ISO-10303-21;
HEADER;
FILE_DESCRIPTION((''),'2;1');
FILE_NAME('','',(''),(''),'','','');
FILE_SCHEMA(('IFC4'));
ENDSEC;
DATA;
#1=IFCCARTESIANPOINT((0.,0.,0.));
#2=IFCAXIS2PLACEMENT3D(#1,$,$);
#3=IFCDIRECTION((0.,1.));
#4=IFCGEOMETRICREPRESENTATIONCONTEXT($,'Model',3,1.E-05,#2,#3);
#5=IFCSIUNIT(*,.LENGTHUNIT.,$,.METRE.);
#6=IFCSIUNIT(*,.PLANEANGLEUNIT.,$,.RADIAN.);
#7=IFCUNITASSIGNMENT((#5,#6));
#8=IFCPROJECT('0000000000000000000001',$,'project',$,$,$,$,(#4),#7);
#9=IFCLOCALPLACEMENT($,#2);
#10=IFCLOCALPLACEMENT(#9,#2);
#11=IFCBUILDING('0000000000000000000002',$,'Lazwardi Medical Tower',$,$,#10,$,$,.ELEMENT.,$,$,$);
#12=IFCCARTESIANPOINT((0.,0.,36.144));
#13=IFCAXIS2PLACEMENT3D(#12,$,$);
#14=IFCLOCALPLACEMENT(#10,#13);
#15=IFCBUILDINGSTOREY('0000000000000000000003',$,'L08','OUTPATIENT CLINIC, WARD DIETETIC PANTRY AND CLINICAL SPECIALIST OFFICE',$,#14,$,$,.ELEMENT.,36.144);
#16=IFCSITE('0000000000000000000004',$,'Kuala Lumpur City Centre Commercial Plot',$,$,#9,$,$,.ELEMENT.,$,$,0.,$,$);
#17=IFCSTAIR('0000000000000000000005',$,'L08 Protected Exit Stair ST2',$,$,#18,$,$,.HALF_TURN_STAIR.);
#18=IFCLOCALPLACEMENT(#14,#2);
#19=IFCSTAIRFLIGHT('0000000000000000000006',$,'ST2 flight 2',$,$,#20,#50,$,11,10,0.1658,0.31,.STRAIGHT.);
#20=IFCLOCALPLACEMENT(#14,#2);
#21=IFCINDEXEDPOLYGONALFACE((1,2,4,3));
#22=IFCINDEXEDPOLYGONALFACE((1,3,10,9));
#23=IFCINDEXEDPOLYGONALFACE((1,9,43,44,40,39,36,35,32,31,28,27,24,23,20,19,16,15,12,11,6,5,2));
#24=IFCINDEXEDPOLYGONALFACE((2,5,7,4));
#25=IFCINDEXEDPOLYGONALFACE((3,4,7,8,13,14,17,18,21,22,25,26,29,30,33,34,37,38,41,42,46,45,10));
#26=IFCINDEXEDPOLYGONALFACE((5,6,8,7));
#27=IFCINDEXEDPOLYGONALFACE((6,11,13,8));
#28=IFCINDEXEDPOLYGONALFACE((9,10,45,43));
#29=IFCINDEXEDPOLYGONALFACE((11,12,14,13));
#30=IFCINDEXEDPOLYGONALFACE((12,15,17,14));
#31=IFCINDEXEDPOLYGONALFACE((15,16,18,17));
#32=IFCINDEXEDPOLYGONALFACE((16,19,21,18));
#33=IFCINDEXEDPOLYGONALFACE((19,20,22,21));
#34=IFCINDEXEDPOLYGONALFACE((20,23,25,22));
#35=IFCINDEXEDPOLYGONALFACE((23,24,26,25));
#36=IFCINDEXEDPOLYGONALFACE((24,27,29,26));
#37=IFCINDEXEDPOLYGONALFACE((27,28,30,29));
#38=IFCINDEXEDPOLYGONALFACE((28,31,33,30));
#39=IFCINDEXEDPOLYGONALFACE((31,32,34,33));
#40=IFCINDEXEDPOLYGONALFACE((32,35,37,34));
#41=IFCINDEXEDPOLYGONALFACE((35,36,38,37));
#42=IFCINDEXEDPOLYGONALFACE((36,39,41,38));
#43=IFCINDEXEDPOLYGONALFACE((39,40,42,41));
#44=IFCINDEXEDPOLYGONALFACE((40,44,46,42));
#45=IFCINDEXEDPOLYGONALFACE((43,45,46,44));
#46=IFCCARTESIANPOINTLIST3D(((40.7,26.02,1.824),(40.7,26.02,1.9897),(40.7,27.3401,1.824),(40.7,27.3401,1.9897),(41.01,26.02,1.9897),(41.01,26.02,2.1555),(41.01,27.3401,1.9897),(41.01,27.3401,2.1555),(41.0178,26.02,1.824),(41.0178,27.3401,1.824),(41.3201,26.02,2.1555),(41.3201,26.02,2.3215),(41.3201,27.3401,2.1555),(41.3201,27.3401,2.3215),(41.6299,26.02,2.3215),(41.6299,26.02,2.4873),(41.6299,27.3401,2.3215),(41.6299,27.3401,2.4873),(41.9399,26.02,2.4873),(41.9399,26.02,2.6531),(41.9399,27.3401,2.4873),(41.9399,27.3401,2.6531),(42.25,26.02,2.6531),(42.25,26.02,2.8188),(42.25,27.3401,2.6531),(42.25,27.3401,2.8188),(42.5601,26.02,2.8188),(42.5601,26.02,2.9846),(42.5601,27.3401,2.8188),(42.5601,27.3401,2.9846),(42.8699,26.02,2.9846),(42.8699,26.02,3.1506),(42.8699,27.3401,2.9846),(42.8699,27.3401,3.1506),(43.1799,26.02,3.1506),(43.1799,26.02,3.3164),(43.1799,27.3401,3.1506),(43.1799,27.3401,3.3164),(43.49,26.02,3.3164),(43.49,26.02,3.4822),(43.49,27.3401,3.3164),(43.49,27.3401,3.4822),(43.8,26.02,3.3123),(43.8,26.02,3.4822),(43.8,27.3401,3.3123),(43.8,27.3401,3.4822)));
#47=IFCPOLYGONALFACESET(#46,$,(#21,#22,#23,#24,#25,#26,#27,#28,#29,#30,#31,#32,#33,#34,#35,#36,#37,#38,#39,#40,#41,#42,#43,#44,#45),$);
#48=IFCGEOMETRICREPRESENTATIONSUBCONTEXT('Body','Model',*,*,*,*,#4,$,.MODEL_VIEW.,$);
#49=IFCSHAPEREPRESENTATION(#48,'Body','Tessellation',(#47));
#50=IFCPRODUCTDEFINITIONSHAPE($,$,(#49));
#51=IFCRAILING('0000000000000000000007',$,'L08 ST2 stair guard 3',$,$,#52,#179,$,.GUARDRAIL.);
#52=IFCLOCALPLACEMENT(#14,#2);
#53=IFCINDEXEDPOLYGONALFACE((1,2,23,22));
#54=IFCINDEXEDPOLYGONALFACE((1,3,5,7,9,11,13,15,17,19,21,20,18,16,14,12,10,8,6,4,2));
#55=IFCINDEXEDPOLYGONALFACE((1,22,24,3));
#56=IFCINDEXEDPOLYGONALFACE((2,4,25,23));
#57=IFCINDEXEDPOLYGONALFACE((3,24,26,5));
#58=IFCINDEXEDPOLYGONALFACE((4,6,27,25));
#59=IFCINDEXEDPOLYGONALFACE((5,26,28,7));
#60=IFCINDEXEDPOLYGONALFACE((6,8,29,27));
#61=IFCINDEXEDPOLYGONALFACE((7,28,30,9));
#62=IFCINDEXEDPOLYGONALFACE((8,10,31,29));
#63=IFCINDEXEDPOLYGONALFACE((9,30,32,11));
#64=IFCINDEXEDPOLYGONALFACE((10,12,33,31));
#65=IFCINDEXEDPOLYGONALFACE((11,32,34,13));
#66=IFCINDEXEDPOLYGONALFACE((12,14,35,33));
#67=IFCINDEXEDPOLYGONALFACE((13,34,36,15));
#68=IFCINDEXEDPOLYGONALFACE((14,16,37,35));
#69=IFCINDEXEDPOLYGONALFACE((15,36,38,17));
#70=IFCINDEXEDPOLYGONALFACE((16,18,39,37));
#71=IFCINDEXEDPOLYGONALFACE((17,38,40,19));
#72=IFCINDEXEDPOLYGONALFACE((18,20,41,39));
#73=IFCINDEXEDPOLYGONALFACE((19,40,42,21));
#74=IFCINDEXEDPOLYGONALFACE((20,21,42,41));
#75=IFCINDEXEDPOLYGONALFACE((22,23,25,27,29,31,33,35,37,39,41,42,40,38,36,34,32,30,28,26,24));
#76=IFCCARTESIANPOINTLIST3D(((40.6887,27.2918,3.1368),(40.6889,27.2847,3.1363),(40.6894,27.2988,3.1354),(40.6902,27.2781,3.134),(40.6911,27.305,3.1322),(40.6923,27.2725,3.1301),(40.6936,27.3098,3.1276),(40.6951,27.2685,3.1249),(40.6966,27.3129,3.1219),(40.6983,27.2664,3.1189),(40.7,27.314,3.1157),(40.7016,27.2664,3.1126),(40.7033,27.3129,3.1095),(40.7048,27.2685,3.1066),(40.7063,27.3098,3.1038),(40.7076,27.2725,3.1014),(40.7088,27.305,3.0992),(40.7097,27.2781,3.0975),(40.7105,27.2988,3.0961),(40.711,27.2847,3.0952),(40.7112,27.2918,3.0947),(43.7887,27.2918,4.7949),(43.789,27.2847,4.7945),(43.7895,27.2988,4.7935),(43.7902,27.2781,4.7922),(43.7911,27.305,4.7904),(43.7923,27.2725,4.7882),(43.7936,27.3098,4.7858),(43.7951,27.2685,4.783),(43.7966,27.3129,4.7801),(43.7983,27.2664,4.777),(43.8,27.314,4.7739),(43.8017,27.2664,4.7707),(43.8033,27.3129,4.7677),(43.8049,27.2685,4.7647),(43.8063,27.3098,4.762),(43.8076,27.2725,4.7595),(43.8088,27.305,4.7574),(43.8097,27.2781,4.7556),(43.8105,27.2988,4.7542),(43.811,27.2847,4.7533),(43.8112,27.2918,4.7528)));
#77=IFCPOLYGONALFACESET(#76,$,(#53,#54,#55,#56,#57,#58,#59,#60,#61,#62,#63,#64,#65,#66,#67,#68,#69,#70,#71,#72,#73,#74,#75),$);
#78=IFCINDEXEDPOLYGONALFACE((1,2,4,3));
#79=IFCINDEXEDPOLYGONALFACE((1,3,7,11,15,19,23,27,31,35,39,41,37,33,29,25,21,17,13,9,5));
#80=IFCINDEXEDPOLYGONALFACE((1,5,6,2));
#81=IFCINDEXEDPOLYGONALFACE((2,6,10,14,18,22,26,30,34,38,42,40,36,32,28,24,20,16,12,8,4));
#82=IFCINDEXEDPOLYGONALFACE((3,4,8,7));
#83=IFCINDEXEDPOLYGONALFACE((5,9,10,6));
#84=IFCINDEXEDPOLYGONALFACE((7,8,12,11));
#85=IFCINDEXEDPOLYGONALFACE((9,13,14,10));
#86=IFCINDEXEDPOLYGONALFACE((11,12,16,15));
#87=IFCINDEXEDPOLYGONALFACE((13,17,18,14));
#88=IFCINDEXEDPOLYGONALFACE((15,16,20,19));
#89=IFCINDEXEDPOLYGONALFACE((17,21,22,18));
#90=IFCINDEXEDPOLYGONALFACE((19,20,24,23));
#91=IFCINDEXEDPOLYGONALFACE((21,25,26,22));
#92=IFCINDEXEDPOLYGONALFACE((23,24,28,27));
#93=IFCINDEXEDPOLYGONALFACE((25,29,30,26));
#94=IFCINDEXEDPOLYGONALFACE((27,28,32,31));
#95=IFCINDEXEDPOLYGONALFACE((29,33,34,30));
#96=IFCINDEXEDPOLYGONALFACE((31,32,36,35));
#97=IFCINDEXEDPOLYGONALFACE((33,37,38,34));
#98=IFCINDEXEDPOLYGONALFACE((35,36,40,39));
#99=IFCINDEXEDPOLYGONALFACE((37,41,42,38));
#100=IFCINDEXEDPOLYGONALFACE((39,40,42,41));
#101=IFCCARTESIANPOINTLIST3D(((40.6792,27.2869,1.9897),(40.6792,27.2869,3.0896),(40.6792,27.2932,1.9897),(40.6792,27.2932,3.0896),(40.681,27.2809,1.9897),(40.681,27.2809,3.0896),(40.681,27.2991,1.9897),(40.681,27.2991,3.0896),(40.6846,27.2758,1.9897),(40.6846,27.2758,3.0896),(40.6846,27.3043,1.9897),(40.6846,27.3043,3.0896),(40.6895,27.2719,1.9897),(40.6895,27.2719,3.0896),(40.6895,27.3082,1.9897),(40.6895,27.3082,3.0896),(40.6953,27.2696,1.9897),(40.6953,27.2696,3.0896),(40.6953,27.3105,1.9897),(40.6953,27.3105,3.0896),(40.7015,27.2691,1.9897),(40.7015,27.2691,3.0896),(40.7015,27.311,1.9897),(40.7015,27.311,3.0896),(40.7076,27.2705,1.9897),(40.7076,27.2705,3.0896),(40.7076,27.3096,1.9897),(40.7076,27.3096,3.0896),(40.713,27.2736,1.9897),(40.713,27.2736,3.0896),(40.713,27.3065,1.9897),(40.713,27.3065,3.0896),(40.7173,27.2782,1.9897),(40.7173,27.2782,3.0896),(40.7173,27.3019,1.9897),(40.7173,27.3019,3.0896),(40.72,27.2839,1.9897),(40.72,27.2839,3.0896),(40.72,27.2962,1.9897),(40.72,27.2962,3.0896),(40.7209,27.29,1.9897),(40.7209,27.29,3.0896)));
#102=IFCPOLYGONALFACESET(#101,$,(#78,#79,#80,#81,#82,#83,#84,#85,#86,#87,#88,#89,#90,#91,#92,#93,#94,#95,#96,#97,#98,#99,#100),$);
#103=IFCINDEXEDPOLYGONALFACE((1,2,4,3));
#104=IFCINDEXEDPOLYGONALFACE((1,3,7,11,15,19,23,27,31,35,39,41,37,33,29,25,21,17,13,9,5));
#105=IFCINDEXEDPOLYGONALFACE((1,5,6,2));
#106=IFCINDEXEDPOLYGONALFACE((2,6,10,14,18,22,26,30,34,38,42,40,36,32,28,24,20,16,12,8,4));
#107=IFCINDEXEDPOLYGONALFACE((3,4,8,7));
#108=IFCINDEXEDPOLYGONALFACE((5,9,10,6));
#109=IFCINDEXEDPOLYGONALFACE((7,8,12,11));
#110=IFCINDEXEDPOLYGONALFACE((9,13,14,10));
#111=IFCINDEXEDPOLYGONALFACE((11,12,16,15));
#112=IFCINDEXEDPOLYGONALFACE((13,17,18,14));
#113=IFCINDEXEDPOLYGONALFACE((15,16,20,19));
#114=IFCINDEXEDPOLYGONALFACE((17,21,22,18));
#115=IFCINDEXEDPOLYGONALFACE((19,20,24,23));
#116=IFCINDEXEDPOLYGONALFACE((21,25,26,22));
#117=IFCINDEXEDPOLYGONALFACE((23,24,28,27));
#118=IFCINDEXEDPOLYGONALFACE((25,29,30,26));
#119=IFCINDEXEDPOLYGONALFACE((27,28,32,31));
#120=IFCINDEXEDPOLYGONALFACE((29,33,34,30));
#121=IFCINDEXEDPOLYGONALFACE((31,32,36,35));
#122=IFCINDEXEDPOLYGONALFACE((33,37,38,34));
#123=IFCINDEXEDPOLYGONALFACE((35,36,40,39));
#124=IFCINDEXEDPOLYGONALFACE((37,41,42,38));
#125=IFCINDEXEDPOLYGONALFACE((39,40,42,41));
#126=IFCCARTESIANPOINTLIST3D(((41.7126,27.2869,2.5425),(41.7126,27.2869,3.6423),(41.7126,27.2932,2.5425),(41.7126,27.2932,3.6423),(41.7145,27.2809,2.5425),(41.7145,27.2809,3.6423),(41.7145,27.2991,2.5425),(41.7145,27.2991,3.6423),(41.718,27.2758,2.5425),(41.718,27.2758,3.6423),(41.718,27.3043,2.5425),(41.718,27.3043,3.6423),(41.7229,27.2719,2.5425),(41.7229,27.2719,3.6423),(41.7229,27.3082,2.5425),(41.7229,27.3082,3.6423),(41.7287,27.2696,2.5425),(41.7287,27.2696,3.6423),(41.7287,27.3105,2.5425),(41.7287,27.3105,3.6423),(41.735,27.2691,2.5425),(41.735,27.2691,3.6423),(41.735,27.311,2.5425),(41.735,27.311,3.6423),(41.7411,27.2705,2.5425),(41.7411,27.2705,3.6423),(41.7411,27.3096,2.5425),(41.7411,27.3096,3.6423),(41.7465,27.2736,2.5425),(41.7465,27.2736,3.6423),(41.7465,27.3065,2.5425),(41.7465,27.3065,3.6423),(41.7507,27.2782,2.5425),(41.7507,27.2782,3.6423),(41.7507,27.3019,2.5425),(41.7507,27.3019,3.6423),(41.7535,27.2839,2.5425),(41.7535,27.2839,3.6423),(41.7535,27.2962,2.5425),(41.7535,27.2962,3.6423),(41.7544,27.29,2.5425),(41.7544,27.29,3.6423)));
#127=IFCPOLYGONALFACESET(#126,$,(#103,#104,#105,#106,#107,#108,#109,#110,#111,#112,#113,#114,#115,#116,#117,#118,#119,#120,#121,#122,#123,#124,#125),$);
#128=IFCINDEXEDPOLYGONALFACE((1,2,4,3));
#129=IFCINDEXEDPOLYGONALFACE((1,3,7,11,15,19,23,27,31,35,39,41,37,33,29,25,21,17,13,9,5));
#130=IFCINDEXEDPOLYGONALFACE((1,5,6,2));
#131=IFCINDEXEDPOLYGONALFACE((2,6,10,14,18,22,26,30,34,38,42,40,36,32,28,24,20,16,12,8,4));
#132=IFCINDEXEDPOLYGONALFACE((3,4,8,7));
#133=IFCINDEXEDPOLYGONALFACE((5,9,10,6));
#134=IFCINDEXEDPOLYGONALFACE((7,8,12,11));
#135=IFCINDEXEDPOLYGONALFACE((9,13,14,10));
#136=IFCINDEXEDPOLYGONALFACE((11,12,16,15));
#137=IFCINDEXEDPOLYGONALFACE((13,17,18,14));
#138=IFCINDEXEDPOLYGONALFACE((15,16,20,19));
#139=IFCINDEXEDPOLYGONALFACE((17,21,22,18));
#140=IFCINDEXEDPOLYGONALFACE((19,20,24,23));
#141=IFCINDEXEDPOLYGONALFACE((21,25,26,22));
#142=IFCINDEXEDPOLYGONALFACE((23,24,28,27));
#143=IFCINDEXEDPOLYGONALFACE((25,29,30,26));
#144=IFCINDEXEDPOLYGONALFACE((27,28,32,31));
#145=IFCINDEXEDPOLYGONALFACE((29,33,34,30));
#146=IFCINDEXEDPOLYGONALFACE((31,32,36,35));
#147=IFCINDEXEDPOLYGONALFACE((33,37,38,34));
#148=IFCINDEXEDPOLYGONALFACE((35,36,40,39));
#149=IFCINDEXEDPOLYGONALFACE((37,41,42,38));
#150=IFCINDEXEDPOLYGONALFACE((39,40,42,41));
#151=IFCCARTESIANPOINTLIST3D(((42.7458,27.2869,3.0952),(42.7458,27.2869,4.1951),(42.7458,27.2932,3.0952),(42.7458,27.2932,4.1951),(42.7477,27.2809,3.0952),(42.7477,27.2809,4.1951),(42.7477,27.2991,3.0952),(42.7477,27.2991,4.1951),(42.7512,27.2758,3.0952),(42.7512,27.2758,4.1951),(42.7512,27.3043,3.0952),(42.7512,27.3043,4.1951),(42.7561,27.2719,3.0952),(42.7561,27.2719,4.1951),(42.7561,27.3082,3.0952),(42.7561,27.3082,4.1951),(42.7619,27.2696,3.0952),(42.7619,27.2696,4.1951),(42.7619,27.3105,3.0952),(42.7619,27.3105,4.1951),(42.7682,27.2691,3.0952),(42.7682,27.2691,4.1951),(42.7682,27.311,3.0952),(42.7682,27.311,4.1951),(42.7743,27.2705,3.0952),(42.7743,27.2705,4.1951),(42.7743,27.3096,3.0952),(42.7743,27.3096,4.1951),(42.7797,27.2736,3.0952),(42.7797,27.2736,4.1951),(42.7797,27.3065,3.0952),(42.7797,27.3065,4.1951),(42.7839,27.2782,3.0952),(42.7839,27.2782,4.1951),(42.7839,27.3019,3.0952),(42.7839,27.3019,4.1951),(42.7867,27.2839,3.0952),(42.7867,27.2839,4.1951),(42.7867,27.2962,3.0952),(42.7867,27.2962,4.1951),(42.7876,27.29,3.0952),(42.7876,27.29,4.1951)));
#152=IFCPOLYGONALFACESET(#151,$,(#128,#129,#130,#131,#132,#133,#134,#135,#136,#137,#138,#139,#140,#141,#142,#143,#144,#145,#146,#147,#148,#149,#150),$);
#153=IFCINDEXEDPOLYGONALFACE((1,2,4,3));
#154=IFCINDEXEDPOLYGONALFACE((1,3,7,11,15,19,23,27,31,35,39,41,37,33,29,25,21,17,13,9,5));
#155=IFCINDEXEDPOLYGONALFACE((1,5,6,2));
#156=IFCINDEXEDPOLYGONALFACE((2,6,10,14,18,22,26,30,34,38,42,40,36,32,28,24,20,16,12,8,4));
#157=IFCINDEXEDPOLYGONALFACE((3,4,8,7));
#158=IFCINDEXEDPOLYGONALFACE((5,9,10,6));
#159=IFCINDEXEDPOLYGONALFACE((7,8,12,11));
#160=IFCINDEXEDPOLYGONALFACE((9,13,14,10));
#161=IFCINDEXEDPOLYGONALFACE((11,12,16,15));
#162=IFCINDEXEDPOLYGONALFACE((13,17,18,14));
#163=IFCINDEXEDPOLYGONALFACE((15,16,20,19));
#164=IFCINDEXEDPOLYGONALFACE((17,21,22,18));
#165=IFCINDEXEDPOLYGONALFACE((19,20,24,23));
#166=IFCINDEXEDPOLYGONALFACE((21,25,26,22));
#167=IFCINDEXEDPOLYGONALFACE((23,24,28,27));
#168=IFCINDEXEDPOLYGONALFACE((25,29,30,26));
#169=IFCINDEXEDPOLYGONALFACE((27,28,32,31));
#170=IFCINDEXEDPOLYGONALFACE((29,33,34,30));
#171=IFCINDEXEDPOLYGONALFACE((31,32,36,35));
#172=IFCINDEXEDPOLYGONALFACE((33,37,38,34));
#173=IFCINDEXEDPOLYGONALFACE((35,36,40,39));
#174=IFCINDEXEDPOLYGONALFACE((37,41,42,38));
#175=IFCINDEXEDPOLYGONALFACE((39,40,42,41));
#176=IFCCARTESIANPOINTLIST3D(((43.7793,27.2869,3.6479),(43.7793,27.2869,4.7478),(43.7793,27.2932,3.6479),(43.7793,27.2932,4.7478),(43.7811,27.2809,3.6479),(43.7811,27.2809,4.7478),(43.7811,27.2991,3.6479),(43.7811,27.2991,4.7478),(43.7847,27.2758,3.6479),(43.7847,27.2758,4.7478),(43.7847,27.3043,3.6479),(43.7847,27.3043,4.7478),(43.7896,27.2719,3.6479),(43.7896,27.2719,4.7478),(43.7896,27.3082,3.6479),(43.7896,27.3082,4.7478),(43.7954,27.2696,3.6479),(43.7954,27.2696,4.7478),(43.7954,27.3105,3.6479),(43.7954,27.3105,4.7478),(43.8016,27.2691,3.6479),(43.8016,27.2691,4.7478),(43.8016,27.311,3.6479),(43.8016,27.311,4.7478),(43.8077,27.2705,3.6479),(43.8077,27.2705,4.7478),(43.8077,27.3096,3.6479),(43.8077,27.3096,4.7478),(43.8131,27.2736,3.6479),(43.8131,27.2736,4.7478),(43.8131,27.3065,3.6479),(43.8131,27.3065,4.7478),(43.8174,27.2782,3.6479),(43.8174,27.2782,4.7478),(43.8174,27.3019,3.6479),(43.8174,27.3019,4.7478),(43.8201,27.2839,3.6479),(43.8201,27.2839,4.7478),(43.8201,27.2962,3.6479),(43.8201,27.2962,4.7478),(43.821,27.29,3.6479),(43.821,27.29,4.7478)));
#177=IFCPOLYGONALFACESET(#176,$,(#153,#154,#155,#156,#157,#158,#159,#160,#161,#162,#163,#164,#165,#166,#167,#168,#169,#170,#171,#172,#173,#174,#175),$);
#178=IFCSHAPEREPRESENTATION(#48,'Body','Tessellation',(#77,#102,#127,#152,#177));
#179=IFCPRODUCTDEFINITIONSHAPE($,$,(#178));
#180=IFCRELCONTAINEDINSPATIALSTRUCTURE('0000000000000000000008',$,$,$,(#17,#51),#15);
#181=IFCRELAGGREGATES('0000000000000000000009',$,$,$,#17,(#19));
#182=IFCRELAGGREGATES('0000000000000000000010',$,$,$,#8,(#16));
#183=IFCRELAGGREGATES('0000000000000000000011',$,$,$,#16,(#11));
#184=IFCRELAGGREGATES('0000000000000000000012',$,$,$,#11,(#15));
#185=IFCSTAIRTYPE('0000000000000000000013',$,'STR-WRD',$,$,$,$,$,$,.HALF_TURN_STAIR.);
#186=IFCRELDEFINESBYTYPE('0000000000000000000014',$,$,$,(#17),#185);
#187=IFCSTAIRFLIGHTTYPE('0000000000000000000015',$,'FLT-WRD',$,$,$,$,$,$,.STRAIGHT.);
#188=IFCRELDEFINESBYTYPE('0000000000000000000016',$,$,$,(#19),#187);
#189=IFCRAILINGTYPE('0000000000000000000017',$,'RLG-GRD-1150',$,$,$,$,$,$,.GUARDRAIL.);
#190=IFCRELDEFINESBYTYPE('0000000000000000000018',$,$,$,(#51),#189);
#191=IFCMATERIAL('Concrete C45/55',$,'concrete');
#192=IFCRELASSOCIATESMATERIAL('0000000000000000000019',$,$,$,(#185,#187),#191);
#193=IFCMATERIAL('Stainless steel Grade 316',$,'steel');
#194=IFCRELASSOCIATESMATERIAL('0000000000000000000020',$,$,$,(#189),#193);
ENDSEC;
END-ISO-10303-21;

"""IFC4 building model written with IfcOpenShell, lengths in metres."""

from ifc_helpers import new_model, si_unit, direction, frame, origin, origin_2d, place, context, subcontext, project, spatial, polyline, circle, outline, extrude, material, type_object, element, aggregate, save


model = new_model("IFC4")

# Units and contexts
model_context = context("Model", 3, precision=1e-05, world=origin(), true_north=direction((0.0, 1.0)))
body_context = subcontext(model_context, "Body", "Model", "MODEL_VIEW")
ifc_project = project(units=[si_unit("LENGTHUNIT", "METRE"), si_unit("PLANEANGLEUNIT", "RADIAN")], contexts=[model_context])

# Site, building, storey
site_placement = place(None, origin())
site = spatial("IfcSite", under=ifc_project, at=site_placement, Name="Kuala Lumpur City Centre Commercial Plot", CompositionType="ELEMENT", RefElevation=0.0)
building_placement = place(site_placement, origin())
building = spatial("IfcBuilding", under=site, at=building_placement, Name="Lazwardi Medical Tower", CompositionType="ELEMENT")
storey_placement = place(building_placement, frame((0.0, 0.0, 36.144)))
storey = spatial("IfcBuildingStorey", under=building, at=storey_placement, Name="L08", Description="OUTPATIENT CLINIC, WARD DIETETIC PANTRY AND CLINICAL SPECIALIST OFFICE", CompositionType="ELEMENT", Elevation=36.144)

# Stair, stair flight
ifc_material_1 = material(Name="Concrete C45/55", Category="concrete")
stair_type = type_object("IfcStairType", Name="STR-WRD", PredefinedType="HALF_TURN_STAIR", material=ifc_material_1)
stair_placement = place(storey_placement, origin())
stair = element("IfcStair", 1, at=stair_placement, inside=storey, type_object=stair_type, Name="L08 Protected Exit Stair ST2", PredefinedType="HALF_TURN_STAIR")
stair_flight_type = type_object("IfcStairFlightType", Name="FLT-WRD", PredefinedType="STRAIGHT", material=ifc_material_1)
stair_flight_placement = place(storey_placement, frame((40.7, 26.6799, 1.824), z_axis=(0.0, 0.0, 1.0), x_axis=(1.0, 0.0, 0.0)))
stair_flight = element("IfcStairFlight", 2, at=stair_flight_placement, type_object=stair_flight_type, Name="ST2 flight 2", NumberOfRisers=11, NumberOfTreads=10, PredefinedType="STRAIGHT", RiserHeight=0.1658, TreadLength=0.31, context=body_context, shape_type="SweptSolid", body=[
    extrude(outline(polyline([(0.0, 0.0), (0.0, 0.1658), (0.3101, 0.1658), (0.3101, 0.3315), (0.6201, 0.3315), (0.6201, 0.4976), (0.9299, 0.4976), (0.9299, 0.6633), (1.24, 0.6633), (1.24, 0.8291), (1.55, 0.8291), (1.55, 0.9949), (1.8601, 0.9949), (1.8601, 1.1606), (2.1699, 1.1606), (2.1699, 1.3267), (2.48, 1.3267), (2.48, 1.4924), (2.79, 1.4924), (2.79, 1.6582), (3.1001, 1.6582), (3.1001, 1.824), (3.1001, 1.4883), (0.3179, 0.0), (0.0, 0.0)])), frame((0.0, 0.6602, 0.0), z_axis=(0.0, -1.0, 0.0), x_axis=(1.0, 0.0, 0.0)), (0.0, 0.0, 1.0), 1.3201),
])
aggregate(stair, [stair_flight])

# Railing
ifc_material_2 = material(Name="Stainless steel Grade 316", Category="steel")
railing_type_1 = type_object("IfcRailingType", Name="RLG-GRD-1150", PredefinedType="GUARDRAIL", material=ifc_material_2)
railing_1_placement = place(storey_placement, frame((40.7, 27.29, 1.9897)))
element("IfcRailing", 3, at=railing_1_placement, inside=storey, type_object=railing_type_1, Name="L08 ST2 stair guard 3", PredefinedType="GUARDRAIL", context=body_context, shape_type="SweptSolid", body=[
    extrude(circle(Radius=0.0239, at=origin_2d()), frame((0.0, 0.0, 1.126), z_axis=(0.881783, 0.0, 0.471655), x_axis=(0.0, 1.0, 0.0)), (0.0, 0.0, 1.0), 3.5156),
    extrude(circle(Radius=0.021, at=origin_2d()), origin(), (0.0, 0.0, 1.0), 1.0999),
    extrude(circle(Radius=0.021, at=origin_2d()), frame((1.0334, 0.0, 0.5527)), (0.0, 0.0, 1.0), 1.0999),
    extrude(circle(Radius=0.021, at=origin_2d()), frame((2.0667, 0.0, 1.1055)), (0.0, 0.0, 1.0), 1.0999),
    extrude(circle(Radius=0.021, at=origin_2d()), frame((3.1001, 0.0, 1.6582)), (0.0, 0.0, 1.0), 1.0999),
])

save(model, "model.ifc")
